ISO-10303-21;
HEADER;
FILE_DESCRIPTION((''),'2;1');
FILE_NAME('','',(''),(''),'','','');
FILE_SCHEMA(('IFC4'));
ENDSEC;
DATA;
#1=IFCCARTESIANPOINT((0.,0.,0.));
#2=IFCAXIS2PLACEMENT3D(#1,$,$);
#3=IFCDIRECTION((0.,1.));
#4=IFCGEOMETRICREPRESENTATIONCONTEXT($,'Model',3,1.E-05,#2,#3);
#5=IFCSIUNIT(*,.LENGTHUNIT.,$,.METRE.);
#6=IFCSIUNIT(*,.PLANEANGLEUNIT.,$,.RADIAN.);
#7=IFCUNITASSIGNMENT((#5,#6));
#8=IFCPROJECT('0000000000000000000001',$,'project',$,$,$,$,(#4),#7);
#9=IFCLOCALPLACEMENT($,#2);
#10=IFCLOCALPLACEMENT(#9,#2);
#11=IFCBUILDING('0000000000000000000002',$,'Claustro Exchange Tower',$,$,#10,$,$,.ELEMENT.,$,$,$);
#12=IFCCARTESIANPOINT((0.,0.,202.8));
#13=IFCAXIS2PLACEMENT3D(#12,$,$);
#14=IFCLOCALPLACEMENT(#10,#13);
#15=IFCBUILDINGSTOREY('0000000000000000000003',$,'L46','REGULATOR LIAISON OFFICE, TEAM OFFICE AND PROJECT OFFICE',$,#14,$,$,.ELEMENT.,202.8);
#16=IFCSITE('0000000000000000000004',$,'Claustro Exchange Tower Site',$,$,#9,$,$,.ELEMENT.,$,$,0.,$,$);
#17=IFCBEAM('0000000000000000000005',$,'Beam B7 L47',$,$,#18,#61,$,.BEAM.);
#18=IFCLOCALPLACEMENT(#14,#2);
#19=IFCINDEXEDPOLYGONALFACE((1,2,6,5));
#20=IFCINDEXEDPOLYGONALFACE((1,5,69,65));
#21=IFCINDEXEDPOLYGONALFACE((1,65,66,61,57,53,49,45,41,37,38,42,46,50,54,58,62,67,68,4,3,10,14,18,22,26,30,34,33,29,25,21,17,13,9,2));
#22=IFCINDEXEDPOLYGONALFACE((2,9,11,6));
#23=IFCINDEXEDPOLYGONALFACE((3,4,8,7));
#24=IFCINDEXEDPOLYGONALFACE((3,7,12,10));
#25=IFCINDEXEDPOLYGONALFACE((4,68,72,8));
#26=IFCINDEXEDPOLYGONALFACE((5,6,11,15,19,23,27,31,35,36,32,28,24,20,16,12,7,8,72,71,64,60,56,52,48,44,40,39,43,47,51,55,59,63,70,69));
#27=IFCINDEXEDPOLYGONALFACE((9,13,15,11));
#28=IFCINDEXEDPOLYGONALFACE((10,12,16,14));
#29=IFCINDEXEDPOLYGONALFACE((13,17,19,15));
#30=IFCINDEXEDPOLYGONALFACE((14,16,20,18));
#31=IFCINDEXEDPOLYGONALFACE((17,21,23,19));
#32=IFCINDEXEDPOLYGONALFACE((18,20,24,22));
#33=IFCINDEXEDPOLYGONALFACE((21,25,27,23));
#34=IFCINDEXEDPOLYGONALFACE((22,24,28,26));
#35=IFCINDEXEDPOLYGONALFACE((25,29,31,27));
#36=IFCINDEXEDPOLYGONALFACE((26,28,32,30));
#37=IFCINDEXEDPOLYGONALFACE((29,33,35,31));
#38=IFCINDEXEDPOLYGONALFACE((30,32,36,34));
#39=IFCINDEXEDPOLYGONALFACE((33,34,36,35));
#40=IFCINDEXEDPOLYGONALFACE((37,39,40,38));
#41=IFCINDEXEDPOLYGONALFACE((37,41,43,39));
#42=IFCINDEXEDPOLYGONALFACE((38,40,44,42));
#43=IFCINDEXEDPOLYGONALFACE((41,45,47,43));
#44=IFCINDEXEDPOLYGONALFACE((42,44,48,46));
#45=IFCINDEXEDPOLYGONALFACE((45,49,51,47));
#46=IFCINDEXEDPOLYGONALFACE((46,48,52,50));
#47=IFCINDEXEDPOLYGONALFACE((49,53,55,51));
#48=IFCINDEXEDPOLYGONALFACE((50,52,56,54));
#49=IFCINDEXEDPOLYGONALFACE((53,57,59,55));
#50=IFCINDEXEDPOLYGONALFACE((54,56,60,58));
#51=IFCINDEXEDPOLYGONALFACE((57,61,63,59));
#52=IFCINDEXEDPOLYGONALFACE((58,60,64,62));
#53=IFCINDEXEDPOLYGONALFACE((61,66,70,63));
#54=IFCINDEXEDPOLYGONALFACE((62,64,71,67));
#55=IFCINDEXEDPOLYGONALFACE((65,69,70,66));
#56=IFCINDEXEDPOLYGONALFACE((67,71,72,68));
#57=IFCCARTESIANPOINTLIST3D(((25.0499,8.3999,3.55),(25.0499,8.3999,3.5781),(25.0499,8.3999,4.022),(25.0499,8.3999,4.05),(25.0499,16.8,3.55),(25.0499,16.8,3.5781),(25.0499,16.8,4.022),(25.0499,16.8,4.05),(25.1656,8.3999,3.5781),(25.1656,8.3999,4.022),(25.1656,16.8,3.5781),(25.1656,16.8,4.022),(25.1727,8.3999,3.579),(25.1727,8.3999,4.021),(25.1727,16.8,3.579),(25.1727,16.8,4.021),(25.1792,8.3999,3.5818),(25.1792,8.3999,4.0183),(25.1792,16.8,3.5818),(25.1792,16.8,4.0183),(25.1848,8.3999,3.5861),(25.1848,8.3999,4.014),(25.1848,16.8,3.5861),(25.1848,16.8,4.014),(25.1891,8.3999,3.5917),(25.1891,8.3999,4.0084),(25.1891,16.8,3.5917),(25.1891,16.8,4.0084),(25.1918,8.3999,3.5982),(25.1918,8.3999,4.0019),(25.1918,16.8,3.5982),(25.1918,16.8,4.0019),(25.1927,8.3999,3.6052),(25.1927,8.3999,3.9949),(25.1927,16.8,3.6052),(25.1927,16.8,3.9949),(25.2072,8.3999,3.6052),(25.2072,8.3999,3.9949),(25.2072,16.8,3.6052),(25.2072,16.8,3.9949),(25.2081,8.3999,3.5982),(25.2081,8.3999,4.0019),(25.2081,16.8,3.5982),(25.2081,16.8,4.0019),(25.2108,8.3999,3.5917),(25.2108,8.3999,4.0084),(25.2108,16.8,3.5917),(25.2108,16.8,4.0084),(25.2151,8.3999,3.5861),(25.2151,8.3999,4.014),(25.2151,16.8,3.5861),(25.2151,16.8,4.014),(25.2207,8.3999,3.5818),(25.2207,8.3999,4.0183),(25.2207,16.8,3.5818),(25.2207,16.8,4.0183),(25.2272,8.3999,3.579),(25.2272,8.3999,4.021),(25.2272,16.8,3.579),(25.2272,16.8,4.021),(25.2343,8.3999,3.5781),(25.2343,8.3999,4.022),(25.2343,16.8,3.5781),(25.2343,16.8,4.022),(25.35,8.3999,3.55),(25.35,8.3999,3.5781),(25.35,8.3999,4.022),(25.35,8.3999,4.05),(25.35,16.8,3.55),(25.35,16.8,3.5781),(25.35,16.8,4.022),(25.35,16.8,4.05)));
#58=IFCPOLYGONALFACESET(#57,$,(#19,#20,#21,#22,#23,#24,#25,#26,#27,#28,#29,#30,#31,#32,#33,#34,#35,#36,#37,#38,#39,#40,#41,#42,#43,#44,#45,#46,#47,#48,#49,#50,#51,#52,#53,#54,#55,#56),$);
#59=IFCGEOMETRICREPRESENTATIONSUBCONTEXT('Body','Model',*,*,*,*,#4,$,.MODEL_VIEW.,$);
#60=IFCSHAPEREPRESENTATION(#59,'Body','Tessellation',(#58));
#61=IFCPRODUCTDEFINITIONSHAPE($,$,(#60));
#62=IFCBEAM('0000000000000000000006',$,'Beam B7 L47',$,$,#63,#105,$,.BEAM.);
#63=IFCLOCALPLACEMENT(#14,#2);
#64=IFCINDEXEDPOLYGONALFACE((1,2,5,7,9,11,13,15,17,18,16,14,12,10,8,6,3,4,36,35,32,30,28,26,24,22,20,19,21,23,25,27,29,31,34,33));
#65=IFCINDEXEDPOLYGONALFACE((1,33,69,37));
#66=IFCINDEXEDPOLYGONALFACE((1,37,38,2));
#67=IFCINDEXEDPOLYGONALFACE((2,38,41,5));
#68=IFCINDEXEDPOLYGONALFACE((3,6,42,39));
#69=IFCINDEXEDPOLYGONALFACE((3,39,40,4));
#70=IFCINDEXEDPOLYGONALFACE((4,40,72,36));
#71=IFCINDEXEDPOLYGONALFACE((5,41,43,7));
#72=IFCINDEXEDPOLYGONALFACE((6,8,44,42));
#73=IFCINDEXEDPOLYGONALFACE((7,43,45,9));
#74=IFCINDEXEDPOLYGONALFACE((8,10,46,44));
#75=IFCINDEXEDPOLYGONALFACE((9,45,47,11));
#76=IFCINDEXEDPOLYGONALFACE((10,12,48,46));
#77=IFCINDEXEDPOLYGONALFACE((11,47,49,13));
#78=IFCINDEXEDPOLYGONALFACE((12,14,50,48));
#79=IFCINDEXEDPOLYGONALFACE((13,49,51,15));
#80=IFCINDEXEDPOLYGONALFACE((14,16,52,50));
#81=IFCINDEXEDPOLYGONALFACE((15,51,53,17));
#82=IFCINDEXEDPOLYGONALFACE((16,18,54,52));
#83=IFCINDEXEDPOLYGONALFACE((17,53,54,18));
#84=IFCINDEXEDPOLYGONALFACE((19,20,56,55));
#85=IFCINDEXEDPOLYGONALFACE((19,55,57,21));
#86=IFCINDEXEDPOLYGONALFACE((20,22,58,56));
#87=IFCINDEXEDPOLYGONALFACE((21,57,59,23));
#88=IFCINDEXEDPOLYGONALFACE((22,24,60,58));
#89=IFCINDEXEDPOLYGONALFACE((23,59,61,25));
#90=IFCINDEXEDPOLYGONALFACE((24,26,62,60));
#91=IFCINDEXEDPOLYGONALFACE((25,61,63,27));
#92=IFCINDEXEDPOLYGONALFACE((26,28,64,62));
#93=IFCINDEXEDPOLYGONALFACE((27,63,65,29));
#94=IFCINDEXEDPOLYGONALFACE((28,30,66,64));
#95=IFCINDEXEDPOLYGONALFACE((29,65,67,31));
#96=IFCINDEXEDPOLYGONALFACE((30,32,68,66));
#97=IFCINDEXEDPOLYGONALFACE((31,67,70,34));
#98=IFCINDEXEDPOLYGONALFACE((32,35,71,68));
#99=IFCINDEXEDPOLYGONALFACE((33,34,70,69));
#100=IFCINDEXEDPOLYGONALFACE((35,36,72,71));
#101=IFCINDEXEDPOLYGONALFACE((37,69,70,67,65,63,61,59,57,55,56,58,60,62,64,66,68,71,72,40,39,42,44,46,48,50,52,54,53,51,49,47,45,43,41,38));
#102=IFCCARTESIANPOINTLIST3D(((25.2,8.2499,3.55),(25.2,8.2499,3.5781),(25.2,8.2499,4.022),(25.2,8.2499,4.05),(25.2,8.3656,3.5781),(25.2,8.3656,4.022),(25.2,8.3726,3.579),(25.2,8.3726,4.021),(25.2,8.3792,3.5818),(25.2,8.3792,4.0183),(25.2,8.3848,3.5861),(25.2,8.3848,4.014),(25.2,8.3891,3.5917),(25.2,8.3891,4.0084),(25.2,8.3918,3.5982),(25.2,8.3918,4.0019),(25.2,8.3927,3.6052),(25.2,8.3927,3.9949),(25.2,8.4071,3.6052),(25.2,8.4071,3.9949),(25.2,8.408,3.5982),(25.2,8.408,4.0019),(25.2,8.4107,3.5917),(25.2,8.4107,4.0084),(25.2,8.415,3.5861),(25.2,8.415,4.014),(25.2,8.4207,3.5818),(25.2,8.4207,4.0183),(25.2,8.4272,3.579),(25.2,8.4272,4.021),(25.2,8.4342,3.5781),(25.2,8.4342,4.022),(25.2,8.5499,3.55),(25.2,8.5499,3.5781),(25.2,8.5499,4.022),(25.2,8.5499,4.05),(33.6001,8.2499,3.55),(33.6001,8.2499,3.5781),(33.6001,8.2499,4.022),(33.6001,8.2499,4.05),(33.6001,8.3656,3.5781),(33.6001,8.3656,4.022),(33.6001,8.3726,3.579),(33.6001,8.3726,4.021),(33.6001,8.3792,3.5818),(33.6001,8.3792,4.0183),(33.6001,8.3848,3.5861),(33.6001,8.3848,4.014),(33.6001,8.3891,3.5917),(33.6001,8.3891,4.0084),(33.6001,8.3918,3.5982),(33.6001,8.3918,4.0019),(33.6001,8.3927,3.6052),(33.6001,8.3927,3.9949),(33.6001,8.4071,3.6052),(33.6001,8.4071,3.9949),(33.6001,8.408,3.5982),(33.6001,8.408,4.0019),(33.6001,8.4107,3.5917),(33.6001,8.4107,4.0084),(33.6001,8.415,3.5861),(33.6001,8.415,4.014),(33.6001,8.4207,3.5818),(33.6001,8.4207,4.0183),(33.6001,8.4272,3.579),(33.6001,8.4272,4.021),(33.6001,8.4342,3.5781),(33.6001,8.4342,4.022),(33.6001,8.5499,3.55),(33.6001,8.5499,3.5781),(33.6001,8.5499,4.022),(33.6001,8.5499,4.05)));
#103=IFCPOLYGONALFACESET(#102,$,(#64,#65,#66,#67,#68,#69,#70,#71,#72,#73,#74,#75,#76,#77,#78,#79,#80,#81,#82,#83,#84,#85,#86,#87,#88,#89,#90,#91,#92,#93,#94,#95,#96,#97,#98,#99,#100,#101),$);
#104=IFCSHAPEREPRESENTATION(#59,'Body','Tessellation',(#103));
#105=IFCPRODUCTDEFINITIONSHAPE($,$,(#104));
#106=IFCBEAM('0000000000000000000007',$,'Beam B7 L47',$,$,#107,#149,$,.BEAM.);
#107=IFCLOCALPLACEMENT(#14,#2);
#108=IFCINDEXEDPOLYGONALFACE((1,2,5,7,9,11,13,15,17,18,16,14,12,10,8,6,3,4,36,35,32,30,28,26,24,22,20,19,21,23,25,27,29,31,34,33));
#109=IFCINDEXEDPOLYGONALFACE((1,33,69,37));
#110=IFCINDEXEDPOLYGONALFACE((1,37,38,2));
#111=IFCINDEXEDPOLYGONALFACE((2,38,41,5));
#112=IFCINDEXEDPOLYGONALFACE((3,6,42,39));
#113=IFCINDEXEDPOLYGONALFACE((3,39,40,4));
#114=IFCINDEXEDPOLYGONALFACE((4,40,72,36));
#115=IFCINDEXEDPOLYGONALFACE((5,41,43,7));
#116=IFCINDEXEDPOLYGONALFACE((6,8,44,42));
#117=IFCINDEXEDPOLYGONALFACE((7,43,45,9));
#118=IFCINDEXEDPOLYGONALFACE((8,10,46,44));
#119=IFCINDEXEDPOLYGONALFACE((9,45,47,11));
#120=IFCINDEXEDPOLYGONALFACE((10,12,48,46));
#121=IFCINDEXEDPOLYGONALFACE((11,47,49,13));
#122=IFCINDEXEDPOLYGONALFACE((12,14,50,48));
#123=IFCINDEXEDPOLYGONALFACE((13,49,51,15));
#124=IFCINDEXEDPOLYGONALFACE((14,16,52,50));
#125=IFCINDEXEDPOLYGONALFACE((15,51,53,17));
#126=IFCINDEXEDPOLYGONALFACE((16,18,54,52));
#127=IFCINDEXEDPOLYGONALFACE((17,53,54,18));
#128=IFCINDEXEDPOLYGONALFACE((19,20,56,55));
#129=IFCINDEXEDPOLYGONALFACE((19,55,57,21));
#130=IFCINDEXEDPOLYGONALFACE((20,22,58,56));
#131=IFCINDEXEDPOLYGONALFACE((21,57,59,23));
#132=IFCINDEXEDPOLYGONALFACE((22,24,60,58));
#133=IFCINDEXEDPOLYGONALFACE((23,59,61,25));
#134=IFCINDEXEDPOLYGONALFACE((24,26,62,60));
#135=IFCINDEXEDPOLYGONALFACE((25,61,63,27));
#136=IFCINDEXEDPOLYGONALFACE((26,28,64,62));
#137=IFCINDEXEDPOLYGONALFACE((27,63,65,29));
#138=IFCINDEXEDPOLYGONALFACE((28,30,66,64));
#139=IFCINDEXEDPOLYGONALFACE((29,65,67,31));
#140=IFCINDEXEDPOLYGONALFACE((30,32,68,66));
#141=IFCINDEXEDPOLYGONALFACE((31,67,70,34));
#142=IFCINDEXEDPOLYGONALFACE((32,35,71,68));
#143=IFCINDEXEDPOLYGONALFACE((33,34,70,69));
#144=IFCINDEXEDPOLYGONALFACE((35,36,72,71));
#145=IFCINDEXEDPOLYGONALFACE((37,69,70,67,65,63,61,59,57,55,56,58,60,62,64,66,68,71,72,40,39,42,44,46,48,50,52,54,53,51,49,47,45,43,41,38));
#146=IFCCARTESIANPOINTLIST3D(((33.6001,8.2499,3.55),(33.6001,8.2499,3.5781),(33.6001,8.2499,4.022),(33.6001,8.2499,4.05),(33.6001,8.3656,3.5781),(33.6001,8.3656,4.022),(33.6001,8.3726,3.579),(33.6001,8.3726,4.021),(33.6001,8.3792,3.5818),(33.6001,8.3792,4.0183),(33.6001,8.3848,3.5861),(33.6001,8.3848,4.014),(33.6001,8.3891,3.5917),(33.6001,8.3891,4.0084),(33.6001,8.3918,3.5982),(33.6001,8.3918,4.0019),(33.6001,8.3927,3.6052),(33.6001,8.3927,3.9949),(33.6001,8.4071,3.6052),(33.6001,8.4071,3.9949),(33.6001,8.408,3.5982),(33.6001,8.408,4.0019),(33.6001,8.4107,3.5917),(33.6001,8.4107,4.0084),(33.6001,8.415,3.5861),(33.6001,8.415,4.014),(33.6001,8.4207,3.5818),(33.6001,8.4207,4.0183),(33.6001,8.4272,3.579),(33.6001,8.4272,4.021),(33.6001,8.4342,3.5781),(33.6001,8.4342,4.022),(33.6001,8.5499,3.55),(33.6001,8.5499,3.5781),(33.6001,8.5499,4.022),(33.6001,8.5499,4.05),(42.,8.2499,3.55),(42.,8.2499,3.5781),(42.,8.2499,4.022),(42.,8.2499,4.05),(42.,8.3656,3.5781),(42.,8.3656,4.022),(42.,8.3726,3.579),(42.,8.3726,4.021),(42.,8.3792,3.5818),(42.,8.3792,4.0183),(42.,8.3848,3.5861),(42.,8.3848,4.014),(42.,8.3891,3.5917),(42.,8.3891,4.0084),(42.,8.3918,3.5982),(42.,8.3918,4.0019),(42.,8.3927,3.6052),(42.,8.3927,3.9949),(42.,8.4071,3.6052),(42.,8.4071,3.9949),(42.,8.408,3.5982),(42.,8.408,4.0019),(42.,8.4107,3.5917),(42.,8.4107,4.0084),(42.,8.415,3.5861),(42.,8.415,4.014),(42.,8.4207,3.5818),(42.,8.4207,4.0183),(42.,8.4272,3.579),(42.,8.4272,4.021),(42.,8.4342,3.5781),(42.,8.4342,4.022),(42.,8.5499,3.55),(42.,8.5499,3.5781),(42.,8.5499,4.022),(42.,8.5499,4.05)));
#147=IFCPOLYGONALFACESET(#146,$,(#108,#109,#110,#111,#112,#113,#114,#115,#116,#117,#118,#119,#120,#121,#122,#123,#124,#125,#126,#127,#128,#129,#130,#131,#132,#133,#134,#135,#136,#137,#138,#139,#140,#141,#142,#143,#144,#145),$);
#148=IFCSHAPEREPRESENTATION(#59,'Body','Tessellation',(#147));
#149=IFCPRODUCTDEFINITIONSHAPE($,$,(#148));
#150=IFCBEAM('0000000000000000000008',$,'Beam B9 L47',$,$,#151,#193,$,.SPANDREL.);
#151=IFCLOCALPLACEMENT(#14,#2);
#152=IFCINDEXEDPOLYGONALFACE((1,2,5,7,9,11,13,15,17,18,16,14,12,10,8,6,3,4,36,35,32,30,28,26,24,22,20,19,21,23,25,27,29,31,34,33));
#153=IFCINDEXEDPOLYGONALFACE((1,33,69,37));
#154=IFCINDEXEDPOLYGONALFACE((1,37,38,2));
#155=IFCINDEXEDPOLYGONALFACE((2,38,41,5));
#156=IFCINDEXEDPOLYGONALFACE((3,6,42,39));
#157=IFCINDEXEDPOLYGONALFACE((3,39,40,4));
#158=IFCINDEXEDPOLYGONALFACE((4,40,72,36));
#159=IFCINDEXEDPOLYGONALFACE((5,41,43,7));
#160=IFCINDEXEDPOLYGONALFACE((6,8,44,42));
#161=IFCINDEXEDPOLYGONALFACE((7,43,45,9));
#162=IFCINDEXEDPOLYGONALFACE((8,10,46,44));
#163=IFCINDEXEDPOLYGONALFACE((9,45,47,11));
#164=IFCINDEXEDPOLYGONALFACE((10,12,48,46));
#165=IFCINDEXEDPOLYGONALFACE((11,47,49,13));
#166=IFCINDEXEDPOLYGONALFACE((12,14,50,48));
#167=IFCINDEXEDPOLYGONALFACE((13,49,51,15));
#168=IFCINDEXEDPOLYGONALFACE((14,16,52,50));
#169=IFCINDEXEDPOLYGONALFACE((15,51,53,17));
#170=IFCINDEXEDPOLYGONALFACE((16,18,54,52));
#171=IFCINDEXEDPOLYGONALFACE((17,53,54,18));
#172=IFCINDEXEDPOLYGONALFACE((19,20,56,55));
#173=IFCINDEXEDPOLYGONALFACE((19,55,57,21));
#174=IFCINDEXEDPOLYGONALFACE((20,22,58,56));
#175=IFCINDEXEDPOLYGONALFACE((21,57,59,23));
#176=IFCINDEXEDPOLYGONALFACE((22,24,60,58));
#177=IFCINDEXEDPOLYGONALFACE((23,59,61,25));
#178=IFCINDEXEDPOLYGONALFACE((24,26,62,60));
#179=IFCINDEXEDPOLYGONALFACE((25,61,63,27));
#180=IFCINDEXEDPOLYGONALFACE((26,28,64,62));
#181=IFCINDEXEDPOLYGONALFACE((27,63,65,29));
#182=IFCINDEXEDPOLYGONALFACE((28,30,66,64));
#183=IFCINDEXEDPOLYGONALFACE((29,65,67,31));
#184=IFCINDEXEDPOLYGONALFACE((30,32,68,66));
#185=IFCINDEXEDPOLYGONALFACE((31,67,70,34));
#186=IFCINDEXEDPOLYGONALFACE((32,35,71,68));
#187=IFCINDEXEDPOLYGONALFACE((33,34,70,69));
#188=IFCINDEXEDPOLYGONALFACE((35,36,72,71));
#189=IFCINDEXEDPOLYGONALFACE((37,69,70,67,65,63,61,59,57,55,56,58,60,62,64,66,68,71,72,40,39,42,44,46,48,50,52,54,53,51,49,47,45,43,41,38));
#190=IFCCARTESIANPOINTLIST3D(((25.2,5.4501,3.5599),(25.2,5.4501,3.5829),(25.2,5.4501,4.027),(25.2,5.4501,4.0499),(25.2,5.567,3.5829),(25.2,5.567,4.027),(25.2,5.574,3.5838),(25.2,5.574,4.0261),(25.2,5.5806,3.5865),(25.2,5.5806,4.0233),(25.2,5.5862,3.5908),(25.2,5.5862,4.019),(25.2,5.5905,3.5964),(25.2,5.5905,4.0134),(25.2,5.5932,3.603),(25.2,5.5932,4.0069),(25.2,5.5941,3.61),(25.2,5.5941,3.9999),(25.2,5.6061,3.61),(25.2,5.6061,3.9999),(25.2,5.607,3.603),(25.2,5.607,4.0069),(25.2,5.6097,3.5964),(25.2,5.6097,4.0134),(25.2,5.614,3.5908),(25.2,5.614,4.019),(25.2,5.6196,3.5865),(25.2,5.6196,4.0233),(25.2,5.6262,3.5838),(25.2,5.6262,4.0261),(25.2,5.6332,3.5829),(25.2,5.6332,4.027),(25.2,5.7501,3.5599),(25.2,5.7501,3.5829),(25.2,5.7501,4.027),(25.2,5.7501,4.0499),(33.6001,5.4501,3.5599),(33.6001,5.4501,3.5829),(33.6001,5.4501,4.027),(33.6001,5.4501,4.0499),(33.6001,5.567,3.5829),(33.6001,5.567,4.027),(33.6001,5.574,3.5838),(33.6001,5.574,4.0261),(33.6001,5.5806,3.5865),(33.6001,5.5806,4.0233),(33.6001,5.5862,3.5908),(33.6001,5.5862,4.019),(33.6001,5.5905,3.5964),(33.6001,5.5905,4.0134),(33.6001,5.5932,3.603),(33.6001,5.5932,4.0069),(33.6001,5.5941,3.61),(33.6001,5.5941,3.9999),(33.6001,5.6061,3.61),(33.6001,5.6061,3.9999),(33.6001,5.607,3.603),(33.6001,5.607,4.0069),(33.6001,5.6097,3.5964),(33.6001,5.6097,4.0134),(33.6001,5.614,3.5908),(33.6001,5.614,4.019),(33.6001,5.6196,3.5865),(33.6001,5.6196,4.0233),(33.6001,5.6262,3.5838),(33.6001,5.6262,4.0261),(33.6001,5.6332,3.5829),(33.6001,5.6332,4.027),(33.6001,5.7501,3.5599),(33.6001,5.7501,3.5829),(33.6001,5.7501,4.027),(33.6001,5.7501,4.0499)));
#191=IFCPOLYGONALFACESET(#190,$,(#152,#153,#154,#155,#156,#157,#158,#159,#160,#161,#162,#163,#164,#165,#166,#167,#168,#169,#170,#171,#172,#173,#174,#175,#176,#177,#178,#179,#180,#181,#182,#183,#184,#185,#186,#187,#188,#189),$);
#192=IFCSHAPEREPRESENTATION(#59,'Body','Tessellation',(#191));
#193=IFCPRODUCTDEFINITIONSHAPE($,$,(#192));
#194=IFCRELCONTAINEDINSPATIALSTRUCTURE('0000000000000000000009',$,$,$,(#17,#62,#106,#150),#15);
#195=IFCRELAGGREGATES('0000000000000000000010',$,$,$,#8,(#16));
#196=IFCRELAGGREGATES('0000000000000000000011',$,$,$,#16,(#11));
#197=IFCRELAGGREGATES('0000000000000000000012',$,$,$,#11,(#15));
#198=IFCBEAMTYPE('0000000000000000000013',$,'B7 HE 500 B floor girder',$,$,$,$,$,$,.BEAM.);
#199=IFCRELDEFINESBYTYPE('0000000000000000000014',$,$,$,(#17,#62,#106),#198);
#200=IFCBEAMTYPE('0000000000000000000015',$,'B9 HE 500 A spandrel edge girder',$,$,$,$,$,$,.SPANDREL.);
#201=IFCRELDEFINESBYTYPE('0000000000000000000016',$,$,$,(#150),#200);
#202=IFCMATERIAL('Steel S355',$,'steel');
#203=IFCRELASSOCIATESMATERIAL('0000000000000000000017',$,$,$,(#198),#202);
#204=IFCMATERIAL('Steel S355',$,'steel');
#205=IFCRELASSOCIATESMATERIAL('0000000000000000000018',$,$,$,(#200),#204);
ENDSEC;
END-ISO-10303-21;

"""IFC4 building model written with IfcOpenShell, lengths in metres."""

from ifc_helpers import new_model, si_unit, direction, frame, origin, origin_2d, place, context, subcontext, project, spatial, i_section, extrude, material, material_profile, profile_set, type_object, element, save


model = new_model("IFC4")

# Units and contexts
model_context = context("Model", 3, precision=1e-05, world=origin(), true_north=direction((0.0, 1.0)))
body_context = subcontext(model_context, "Body", "Model", "MODEL_VIEW")
ifc_project = project(units=[si_unit("LENGTHUNIT", "METRE"), si_unit("PLANEANGLEUNIT", "RADIAN")], contexts=[model_context])

# Site, building, storey
site_placement = place(None, origin())
site = spatial("IfcSite", under=ifc_project, at=site_placement, Name="Claustro Exchange Tower Site", CompositionType="ELEMENT", RefElevation=0.0)
building_placement = place(site_placement, origin())
building = spatial("IfcBuilding", under=site, at=building_placement, Name="Claustro Exchange Tower", CompositionType="ELEMENT")
storey_placement = place(building_placement, frame((0.0, 0.0, 202.8)))
storey = spatial("IfcBuildingStorey", under=building, at=storey_placement, Name="L46", Description="REGULATOR LIAISON OFFICE, TEAM OFFICE AND PROJECT OFFICE", CompositionType="ELEMENT", Elevation=202.8)

# Beams
ifc_material_1 = material(Name="Steel S355", Category="steel")
ifc_material_profile_1 = material_profile(ifc_material_1, i_section(OverallWidth=0.3, OverallDepth=0.5, WebThickness=0.0144, FlangeThickness=0.0281, FilletRadius=0.0271, at=origin_2d()), Name="HE 500 B")
ifc_profile_set_1 = profile_set([ifc_material_profile_1], Name="Steel S355")
beam_type_1 = type_object("IfcBeamType", Name="B7 HE 500 B floor girder", PredefinedType="BEAM", material=ifc_profile_set_1)
for number, where, z_axis, x_axis, name in (
    (1, (25.2, 8.3999, 3.8), (0.0, 1.0, 0.0), (-1.0, 0.0, 0.0), "Beam B7 L47"),
    (2, (25.2, 8.3999, 3.8), (1.0, 0.0, 0.0), (0.0, 1.0, 0.0), "Beam B7 L47"),
):
    element("IfcBeam", number, at=place(storey_placement, frame(where, z_axis=z_axis, x_axis=x_axis)), inside=storey, type_object=beam_type_1, Name=name, PredefinedType="BEAM", context=body_context, shape_type="SweptSolid", body=[
        extrude(i_section(OverallWidth=0.3, OverallDepth=0.5, WebThickness=0.0144, FlangeThickness=0.0281, FilletRadius=0.0271, at=origin_2d()), origin(), (0.0, 0.0, 1.0), 8.4001),
    ])
beam_1_placement = place(storey_placement, frame((33.6001, 8.3999, 3.8), z_axis=(1.0, 0.0, 0.0), x_axis=(0.0, 1.0, 0.0)))
element("IfcBeam", 3, at=beam_1_placement, inside=storey, type_object=beam_type_1, Name="Beam B7 L47", PredefinedType="BEAM", context=body_context, shape_type="SweptSolid", body=[
    extrude(i_section(OverallWidth=0.3, OverallDepth=0.5, WebThickness=0.0144, FlangeThickness=0.0281, FilletRadius=0.0271, at=origin_2d()), origin(), (0.0, 0.0, 1.0), 8.3999),
])
ifc_material_2 = material(Name="Steel S355", Category="steel")
ifc_material_profile_2 = material_profile(ifc_material_2, i_section(OverallWidth=0.3, OverallDepth=0.49, WebThickness=0.012, FlangeThickness=0.0229, FilletRadius=0.0271, at=origin_2d()), Name="HE 500 A")
ifc_profile_set_2 = profile_set([ifc_material_profile_2], Name="Steel S355")
beam_type_2 = type_object("IfcBeamType", Name="B9 HE 500 A spandrel edge girder", PredefinedType="SPANDREL", material=ifc_profile_set_2)
beam_2_placement = place(storey_placement, frame((25.2, 5.6001, 3.8049), z_axis=(1.0, 0.0, 0.0), x_axis=(0.0, 1.0, 0.0)))
element("IfcBeam", 4, at=beam_2_placement, inside=storey, type_object=beam_type_2, Name="Beam B9 L47", PredefinedType="SPANDREL", context=body_context, shape_type="SweptSolid", body=[
    extrude(i_section(OverallWidth=0.3, OverallDepth=0.49, WebThickness=0.012, FlangeThickness=0.0229, FilletRadius=0.0271, at=origin_2d()), origin(), (0.0, 0.0, 1.0), 8.4001),
])

save(model, "model.ifc")
